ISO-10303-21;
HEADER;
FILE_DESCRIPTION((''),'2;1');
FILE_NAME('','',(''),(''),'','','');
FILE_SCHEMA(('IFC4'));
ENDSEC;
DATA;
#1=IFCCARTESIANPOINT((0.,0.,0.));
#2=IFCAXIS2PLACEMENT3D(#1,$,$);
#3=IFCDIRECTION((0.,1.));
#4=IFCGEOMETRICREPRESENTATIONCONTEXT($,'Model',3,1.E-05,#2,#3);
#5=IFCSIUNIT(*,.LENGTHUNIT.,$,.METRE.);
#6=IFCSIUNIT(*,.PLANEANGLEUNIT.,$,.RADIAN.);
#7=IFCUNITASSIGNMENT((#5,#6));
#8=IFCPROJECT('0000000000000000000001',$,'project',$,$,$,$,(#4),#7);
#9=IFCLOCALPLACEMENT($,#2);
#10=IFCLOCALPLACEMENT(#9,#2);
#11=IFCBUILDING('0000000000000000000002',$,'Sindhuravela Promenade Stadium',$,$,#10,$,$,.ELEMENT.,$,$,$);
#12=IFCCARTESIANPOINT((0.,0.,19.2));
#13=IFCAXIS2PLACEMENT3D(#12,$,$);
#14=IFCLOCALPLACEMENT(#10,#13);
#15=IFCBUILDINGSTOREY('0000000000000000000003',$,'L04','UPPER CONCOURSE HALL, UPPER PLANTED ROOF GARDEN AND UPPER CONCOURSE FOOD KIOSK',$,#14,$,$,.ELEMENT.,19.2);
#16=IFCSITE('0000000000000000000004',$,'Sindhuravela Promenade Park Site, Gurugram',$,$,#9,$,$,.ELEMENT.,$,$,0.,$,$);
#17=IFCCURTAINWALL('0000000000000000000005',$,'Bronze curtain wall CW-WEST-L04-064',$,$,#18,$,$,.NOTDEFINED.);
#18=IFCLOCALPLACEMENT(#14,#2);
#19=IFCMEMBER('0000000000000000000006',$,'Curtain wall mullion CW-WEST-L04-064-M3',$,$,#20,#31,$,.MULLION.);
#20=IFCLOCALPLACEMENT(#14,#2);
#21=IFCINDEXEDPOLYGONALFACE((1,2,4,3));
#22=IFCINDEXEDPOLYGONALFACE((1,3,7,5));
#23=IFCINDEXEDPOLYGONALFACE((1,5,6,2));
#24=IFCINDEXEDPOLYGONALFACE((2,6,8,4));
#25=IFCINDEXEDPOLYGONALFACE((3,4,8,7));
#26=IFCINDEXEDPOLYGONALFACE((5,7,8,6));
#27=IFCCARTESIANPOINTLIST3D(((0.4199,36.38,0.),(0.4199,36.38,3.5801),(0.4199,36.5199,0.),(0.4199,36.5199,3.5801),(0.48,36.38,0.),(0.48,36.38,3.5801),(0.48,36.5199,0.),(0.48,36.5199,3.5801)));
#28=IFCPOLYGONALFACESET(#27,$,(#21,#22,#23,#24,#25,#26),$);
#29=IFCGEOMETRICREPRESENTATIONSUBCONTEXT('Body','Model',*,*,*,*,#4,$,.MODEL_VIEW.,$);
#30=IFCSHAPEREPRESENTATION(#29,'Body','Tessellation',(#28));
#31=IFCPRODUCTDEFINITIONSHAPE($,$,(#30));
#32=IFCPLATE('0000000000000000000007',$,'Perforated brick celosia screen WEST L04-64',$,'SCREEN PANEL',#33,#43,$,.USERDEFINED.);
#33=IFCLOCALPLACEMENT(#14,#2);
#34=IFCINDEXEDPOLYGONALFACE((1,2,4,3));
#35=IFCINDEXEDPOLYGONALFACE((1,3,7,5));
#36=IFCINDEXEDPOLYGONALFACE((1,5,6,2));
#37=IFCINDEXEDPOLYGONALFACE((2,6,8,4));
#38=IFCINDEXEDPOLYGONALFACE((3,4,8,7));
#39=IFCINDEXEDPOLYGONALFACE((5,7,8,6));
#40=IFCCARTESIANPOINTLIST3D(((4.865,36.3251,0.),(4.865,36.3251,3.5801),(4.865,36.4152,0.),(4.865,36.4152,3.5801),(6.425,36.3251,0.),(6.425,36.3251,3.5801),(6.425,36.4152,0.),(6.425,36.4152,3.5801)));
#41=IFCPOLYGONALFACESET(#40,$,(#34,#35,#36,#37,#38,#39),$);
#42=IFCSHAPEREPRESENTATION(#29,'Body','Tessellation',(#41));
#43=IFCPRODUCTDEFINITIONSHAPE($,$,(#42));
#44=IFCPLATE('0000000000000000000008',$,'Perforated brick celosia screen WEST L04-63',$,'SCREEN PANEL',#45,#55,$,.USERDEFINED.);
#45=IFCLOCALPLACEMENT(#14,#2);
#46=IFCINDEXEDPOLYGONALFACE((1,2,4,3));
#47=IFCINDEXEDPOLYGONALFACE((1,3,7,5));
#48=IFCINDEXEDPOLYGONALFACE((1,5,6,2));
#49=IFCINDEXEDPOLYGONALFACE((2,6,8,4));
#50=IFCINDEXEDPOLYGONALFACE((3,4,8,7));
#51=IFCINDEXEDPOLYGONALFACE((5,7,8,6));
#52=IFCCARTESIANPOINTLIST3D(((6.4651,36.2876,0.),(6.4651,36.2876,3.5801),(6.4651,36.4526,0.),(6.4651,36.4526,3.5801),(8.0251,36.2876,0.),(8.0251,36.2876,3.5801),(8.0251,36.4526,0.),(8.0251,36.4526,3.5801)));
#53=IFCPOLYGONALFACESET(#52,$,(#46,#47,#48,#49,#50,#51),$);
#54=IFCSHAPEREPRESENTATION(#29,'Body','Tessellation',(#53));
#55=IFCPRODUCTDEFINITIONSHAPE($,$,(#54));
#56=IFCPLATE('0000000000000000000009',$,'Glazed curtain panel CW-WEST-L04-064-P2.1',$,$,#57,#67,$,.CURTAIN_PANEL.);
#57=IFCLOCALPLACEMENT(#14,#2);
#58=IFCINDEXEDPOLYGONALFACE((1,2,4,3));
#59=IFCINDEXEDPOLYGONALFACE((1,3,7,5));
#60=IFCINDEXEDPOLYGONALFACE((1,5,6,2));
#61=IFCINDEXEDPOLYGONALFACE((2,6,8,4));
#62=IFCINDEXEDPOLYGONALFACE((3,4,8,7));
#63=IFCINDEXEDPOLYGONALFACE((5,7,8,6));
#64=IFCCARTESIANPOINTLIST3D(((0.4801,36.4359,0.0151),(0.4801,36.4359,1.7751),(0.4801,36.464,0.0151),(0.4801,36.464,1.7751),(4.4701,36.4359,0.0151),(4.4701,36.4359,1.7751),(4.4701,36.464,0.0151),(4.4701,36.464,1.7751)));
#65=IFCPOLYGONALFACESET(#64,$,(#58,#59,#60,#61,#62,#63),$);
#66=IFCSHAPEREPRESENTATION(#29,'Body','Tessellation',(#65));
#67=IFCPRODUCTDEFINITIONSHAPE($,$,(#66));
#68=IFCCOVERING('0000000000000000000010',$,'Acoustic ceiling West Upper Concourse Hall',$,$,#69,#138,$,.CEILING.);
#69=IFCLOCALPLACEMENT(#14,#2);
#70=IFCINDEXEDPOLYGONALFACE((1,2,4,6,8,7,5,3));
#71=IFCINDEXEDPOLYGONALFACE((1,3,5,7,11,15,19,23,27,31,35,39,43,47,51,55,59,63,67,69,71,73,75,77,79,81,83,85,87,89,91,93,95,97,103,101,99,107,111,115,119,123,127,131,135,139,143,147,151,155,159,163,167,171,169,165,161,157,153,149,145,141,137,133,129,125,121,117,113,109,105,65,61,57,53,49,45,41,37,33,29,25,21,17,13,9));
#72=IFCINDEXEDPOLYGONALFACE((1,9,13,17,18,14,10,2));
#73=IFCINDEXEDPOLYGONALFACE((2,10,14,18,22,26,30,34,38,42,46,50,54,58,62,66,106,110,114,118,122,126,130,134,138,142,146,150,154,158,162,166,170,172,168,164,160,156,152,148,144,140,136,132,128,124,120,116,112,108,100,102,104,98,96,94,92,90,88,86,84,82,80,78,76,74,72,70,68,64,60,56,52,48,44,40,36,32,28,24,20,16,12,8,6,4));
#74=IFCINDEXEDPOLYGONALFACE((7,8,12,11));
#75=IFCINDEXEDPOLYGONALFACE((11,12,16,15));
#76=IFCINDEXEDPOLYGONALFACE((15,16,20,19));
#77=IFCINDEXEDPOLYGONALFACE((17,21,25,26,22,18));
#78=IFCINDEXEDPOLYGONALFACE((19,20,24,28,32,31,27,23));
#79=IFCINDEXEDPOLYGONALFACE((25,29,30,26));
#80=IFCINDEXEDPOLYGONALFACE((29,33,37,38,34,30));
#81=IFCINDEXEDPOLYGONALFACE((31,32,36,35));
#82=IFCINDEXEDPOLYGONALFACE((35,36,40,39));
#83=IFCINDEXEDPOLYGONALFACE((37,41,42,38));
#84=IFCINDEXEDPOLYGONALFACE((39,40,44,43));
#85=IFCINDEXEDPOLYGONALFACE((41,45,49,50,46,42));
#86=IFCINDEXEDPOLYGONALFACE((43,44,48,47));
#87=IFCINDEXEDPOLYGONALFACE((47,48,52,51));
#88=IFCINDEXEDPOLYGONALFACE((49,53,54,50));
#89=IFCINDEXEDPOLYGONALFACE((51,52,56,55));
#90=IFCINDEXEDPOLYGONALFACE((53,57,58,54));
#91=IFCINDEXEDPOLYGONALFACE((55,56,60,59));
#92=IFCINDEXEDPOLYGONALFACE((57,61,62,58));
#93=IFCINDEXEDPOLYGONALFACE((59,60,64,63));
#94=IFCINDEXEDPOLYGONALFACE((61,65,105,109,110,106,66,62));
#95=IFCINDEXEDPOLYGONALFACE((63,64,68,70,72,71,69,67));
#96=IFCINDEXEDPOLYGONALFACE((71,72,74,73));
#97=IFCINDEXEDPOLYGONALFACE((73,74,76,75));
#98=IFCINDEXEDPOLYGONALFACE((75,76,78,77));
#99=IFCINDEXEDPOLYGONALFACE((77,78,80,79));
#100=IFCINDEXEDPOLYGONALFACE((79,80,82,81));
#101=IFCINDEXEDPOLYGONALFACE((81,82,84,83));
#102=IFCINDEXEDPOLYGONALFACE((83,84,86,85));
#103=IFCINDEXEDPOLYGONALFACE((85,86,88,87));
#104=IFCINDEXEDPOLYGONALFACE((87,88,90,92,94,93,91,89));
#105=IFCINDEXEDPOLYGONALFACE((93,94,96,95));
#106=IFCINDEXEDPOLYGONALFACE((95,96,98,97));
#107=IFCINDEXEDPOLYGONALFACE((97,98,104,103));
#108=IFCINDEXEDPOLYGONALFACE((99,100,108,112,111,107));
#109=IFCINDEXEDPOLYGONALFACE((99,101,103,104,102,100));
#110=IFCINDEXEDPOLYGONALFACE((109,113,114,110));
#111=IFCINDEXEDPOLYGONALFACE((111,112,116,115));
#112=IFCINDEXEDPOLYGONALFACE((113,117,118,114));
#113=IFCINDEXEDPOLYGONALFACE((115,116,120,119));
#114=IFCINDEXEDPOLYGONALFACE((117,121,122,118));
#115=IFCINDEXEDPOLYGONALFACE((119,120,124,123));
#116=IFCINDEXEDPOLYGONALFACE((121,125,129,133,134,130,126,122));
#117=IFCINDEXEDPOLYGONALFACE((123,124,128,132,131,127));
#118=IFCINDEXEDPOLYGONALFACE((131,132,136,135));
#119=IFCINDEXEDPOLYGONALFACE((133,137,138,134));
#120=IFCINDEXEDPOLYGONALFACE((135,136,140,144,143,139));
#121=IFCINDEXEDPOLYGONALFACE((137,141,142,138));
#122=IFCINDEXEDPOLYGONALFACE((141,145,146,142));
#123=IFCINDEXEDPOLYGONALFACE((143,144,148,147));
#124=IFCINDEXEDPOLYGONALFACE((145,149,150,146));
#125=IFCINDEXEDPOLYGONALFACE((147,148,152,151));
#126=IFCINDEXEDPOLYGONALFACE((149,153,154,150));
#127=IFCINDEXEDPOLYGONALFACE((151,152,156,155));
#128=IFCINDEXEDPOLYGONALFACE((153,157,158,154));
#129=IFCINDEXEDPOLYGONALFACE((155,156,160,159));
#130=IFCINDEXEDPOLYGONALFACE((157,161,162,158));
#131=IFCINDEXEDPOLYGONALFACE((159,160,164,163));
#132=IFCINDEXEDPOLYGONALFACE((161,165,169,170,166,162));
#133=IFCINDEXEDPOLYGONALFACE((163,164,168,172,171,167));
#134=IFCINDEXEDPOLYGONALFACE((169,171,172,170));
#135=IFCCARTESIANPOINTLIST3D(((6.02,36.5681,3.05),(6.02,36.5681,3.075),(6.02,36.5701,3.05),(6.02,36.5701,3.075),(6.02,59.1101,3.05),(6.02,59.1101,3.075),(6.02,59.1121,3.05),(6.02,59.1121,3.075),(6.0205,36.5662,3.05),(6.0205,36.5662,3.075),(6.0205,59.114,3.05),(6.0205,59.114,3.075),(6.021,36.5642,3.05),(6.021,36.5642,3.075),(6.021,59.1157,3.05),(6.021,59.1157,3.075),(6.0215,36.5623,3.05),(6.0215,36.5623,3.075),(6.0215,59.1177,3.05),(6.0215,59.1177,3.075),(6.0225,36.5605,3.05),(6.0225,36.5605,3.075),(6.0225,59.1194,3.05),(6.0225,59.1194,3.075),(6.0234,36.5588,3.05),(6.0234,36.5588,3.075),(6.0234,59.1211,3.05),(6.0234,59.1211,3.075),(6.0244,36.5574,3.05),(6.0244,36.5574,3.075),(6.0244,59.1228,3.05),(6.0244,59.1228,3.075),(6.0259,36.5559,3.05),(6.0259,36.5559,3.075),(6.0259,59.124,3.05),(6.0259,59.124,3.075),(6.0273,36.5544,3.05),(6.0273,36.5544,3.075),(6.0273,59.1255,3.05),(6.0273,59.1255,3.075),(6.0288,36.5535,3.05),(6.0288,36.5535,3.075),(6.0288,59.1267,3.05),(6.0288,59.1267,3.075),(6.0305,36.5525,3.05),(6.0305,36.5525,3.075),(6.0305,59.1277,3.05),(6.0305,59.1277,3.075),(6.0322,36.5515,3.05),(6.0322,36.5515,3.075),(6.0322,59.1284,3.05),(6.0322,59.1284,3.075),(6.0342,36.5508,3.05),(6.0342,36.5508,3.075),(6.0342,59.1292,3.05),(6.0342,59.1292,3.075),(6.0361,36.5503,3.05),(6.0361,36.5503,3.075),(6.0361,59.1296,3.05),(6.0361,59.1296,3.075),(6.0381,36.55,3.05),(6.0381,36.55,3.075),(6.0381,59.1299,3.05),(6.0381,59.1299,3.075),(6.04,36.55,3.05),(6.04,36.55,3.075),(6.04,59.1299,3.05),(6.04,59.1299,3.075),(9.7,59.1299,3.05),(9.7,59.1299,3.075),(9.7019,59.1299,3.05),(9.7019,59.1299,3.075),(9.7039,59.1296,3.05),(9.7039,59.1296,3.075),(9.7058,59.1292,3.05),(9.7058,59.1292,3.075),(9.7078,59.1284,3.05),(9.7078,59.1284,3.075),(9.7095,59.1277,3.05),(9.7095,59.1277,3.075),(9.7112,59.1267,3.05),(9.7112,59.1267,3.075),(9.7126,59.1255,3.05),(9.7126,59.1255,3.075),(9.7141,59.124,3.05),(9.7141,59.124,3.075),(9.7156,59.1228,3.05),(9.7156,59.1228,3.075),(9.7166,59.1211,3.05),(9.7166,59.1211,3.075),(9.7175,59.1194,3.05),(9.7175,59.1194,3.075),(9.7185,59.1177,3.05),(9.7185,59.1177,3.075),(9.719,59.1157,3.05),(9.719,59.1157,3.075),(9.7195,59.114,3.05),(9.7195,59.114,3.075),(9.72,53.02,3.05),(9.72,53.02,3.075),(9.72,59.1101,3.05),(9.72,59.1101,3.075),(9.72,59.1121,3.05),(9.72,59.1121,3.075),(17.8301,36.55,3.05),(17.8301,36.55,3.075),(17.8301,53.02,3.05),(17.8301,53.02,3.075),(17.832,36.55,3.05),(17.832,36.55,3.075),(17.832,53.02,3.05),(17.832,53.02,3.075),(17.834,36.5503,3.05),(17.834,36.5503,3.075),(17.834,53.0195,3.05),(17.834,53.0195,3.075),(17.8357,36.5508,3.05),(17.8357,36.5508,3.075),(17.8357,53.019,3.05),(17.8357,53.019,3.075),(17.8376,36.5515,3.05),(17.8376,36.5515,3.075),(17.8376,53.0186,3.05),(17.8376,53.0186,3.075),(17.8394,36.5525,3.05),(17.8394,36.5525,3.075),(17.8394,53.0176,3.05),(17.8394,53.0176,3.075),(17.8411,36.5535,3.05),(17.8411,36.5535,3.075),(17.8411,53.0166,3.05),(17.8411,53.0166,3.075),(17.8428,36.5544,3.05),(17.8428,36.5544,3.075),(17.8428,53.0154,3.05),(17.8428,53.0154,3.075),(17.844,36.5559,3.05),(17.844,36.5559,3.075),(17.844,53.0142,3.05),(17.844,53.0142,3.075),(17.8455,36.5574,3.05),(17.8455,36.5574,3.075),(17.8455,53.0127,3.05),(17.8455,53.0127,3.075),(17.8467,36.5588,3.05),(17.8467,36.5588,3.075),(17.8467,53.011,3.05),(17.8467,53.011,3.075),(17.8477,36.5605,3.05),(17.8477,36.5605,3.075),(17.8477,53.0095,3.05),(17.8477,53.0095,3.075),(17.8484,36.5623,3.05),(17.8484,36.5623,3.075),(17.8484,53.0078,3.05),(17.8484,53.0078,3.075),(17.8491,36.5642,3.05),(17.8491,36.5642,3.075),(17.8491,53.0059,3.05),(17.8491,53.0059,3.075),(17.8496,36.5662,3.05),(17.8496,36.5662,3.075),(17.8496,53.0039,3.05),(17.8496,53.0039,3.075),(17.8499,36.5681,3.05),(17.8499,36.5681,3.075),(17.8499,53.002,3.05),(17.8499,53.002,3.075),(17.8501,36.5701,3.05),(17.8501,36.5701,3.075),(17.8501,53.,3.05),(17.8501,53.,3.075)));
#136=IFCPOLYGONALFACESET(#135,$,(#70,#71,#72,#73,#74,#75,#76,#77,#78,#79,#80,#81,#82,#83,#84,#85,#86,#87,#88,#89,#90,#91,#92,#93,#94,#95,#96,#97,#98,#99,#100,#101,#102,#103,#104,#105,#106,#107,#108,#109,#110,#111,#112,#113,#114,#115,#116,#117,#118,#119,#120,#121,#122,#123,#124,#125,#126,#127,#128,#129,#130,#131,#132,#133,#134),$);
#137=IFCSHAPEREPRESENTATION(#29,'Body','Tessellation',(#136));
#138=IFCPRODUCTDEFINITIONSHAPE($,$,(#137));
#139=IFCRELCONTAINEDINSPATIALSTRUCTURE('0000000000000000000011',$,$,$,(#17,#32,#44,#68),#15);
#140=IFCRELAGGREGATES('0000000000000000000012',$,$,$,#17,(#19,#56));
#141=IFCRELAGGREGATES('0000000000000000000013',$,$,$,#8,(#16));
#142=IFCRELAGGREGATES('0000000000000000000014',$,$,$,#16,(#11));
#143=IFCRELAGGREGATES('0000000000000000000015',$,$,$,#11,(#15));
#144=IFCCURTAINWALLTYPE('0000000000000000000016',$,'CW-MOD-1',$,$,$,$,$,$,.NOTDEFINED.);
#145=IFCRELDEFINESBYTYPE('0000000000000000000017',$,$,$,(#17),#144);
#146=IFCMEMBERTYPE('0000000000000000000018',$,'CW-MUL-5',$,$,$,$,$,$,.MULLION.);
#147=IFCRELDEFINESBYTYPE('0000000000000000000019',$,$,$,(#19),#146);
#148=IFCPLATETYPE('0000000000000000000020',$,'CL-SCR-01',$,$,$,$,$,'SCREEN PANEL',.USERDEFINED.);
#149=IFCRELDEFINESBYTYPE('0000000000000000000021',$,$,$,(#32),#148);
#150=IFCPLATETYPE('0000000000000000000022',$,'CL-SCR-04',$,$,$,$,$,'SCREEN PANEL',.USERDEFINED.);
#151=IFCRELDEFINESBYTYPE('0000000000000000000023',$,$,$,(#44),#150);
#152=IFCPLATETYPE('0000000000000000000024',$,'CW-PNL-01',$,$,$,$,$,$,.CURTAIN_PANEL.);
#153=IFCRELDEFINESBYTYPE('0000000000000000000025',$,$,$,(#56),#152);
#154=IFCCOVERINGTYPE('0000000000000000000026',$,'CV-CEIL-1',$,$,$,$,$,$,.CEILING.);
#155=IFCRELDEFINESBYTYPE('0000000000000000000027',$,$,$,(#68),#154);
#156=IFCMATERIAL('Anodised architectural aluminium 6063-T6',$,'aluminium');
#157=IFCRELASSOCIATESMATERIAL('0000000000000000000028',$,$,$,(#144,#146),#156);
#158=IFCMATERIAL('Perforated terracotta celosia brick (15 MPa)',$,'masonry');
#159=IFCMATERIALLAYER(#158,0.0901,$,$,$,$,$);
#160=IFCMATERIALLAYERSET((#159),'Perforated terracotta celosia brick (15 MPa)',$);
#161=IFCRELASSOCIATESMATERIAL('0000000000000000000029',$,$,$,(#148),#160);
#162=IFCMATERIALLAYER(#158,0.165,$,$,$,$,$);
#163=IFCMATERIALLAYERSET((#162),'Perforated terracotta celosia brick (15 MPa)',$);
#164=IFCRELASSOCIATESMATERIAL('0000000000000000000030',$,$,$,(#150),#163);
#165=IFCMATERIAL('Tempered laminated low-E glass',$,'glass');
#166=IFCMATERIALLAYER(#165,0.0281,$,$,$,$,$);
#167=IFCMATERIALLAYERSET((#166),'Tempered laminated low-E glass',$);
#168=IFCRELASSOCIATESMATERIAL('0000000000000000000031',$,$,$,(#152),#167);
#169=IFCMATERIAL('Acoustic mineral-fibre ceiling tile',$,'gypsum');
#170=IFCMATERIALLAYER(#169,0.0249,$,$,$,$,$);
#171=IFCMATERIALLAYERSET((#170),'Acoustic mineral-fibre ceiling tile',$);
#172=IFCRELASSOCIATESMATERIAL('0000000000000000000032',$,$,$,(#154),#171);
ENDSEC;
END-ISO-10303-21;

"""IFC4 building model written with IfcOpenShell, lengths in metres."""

from ifc_helpers import new_model, si_unit, direction, frame, origin, origin_2d, place, context, subcontext, project, spatial, polyline, rectangle, outline, extrude, material, layer, layer_set, material_profile, profile_set, type_object, element, aggregate, save


model = new_model("IFC4")

# Units and contexts
model_context = context("Model", 3, precision=1e-05, world=origin(), true_north=direction((0.0, 1.0)))
body_context = subcontext(model_context, "Body", "Model", "MODEL_VIEW")
ifc_project = project(units=[si_unit("LENGTHUNIT", "METRE"), si_unit("PLANEANGLEUNIT", "RADIAN")], contexts=[model_context])

# Site, building, storey
site_placement = place(None, origin())
site = spatial("IfcSite", under=ifc_project, at=site_placement, Name="Sindhuravela Promenade Park Site, Gurugram", CompositionType="ELEMENT", RefElevation=0.0)
building_placement = place(site_placement, origin())
building = spatial("IfcBuilding", under=site, at=building_placement, Name="Sindhuravela Promenade Stadium", CompositionType="ELEMENT")
storey_placement = place(building_placement, frame((0.0, 0.0, 19.2)))
storey = spatial("IfcBuildingStorey", under=building, at=storey_placement, Name="L04", Description="UPPER CONCOURSE HALL, UPPER PLANTED ROOF GARDEN AND UPPER CONCOURSE FOOD KIOSK", CompositionType="ELEMENT", Elevation=19.2)

# Curtain wall, member
ifc_material_1 = material(Name="Anodised architectural aluminium 6063-T6", Category="aluminium")
curtain_wall_type = type_object("IfcCurtainWallType", Name="CW-MOD-1", PredefinedType="NOTDEFINED", material=ifc_material_1)
curtain_wall_placement = place(storey_placement, origin())
curtain_wall = element("IfcCurtainWall", 1, at=curtain_wall_placement, inside=storey, type_object=curtain_wall_type, Name="Bronze curtain wall CW-WEST-L04-064", PredefinedType="NOTDEFINED")
ifc_material_profile = material_profile(ifc_material_1, rectangle(XDim=0.0601, YDim=0.1399, at=origin_2d()), Name="ALU M60x140")
ifc_profile_set = profile_set([ifc_material_profile], Name="Anodised architectural aluminium 6063-T6")
member_type = type_object("IfcMemberType", Name="CW-MUL-5", PredefinedType="MULLION", material=ifc_profile_set)
member_placement = place(storey_placement, frame((0.45, 36.45, 0.0), z_axis=(0.0, 0.0, 1.0), x_axis=(1.0, 0.0, 0.0)))
member = element("IfcMember", 2, at=member_placement, type_object=member_type, Name="Curtain wall mullion CW-WEST-L04-064-M3", PredefinedType="MULLION", context=body_context, shape_type="SweptSolid", body=[
    extrude(rectangle(XDim=0.0601, YDim=0.1399, at=origin_2d()), origin(), (0.0, 0.0, 1.0), 3.5801),
])

# Plates
ifc_material_2 = material(Name="Perforated terracotta celosia brick (15 MPa)", Category="masonry")
ifc_layer_1 = layer(ifc_material_2, 0.0901)
ifc_layer_set_1 = layer_set([ifc_layer_1], Name="Perforated terracotta celosia brick (15 MPa)")
plate_type_1 = type_object("IfcPlateType", Name="CL-SCR-01", ElementType="SCREEN PANEL", PredefinedType="USERDEFINED", material=ifc_layer_set_1)
plate_1_placement = place(storey_placement, frame((5.645, 36.3701, 0.0), z_axis=(0.0, 0.0, 1.0), x_axis=(-1.0, 0.0, 0.0)))
element("IfcPlate", 3, at=plate_1_placement, inside=storey, type_object=plate_type_1, Name="Perforated brick celosia screen WEST L04-64", ObjectType="SCREEN PANEL", PredefinedType="USERDEFINED", context=body_context, shape_type="SweptSolid", body=[
    extrude(rectangle(XDim=1.5601, YDim=0.0901, at=origin_2d()), origin(), (0.0, 0.0, 1.0), 3.5801),
])
ifc_layer_2 = layer(ifc_material_2, 0.165)
ifc_layer_set_2 = layer_set([ifc_layer_2], Name="Perforated terracotta celosia brick (15 MPa)")
plate_type_2 = type_object("IfcPlateType", Name="CL-SCR-04", ElementType="SCREEN PANEL", PredefinedType="USERDEFINED", material=ifc_layer_set_2)
plate_2_placement = place(storey_placement, frame((7.2451, 36.3701, 0.0), z_axis=(0.0, 0.0, 1.0), x_axis=(-1.0, 0.0, 0.0)))
element("IfcPlate", 4, at=plate_2_placement, inside=storey, type_object=plate_type_2, Name="Perforated brick celosia screen WEST L04-63", ObjectType="SCREEN PANEL", PredefinedType="USERDEFINED", context=body_context, shape_type="SweptSolid", body=[
    extrude(rectangle(XDim=1.5601, YDim=0.165, at=origin_2d()), origin(), (0.0, 0.0, 1.0), 3.5801),
])

# Plate
ifc_material_3 = material(Name="Tempered laminated low-E glass", Category="glass")
ifc_layer_3 = layer(ifc_material_3, 0.0281)
ifc_layer_set_3 = layer_set([ifc_layer_3], Name="Tempered laminated low-E glass")
plate_type_3 = type_object("IfcPlateType", Name="CW-PNL-01", PredefinedType="CURTAIN_PANEL", material=ifc_layer_set_3)
plate_3_placement = place(storey_placement, frame((2.4751, 36.45, 0.0151), z_axis=(0.0, 0.0, 1.0), x_axis=(-1.0, 0.0, 0.0)))
plate_3 = element("IfcPlate", 5, at=plate_3_placement, type_object=plate_type_3, Name="Glazed curtain panel CW-WEST-L04-064-P2.1", PredefinedType="CURTAIN_PANEL", context=body_context, shape_type="SweptSolid", body=[
    extrude(rectangle(XDim=3.99, YDim=0.0281, at=origin_2d()), origin(), (0.0, 0.0, 1.0), 1.76),
])
aggregate(curtain_wall, [member, plate_3])

# Covering
ifc_material_4 = material(Name="Acoustic mineral-fibre ceiling tile", Category="gypsum")
ifc_layer_4 = layer(ifc_material_4, 0.0249)
ifc_layer_set_4 = layer_set([ifc_layer_4], Name="Acoustic mineral-fibre ceiling tile")
covering_type_1 = type_object("IfcCoveringType", Name="CV-CEIL-1", PredefinedType="CEILING", material=ifc_layer_set_4)
covering_1_placement = place(storey_placement, frame((0.0, 0.0, 3.05)))
element("IfcCovering", 6, at=covering_1_placement, inside=storey, type_object=covering_type_1, Name="Acoustic ceiling West Upper Concourse Hall", PredefinedType="CEILING", context=body_context, shape_type="SweptSolid", body=[
    extrude(outline(polyline([(6.02, 59.1101), (6.02, 59.1121), (6.0205, 59.114), (6.021, 59.1157), (6.0215, 59.1177), (6.0225, 59.1194), (6.0234, 59.1211), (6.0244, 59.1228), (6.0259, 59.124), (6.0273, 59.1255), (6.0288, 59.1267), (6.0305, 59.1277), (6.0322, 59.1284), (6.0342, 59.1292), (6.0361, 59.1296), (6.0381, 59.1299), (6.04, 59.1299), (9.7, 59.1299), (9.7019, 59.1299), (9.7039, 59.1296), (9.7058, 59.1292), (9.7078, 59.1284), (9.7095, 59.1277), (9.7112, 59.1267), (9.7126, 59.1255), (9.7141, 59.124), (9.7156, 59.1228), (9.7166, 59.1211), (9.7175, 59.1194), (9.7185, 59.1177), (9.719, 59.1157), (9.7195, 59.114), (9.72, 59.1121), (9.72, 59.1101), (9.72, 53.02), (17.8301, 53.02), (17.832, 53.02), (17.834, 53.0195), (17.8357, 53.019), (17.8376, 53.0186), (17.8394, 53.0176), (17.8411, 53.0166), (17.8428, 53.0154), (17.844, 53.0142), (17.8455, 53.0127), (17.8467, 53.011), (17.8477, 53.0095), (17.8484, 53.0078), (17.8491, 53.0059), (17.8496, 53.0039), (17.8499, 53.002), (17.8501, 53.0), (17.8501, 36.5701), (17.8499, 36.5681), (17.8496, 36.5662), (17.8491, 36.5642), (17.8484, 36.5623), (17.8477, 36.5605), (17.8467, 36.5588), (17.8455, 36.5574), (17.844, 36.5559), (17.8428, 36.5544), (17.8411, 36.5535), (17.8394, 36.5525), (17.8376, 36.5515), (17.8357, 36.5508), (17.834, 36.5503), (17.832, 36.55), (17.8301, 36.55), (6.04, 36.55), (6.0381, 36.55), (6.0361, 36.5503), (6.0342, 36.5508), (6.0322, 36.5515), (6.0305, 36.5525), (6.0288, 36.5535), (6.0273, 36.5544), (6.0259, 36.5559), (6.0244, 36.5574), (6.0234, 36.5588), (6.0225, 36.5605), (6.0215, 36.5623), (6.021, 36.5642), (6.0205, 36.5662), (6.02, 36.5681), (6.02, 36.5701), (6.02, 59.1101)])), origin(), (0.0, 0.0, 1.0), 0.0249),
])

save(model, "model.ifc")
